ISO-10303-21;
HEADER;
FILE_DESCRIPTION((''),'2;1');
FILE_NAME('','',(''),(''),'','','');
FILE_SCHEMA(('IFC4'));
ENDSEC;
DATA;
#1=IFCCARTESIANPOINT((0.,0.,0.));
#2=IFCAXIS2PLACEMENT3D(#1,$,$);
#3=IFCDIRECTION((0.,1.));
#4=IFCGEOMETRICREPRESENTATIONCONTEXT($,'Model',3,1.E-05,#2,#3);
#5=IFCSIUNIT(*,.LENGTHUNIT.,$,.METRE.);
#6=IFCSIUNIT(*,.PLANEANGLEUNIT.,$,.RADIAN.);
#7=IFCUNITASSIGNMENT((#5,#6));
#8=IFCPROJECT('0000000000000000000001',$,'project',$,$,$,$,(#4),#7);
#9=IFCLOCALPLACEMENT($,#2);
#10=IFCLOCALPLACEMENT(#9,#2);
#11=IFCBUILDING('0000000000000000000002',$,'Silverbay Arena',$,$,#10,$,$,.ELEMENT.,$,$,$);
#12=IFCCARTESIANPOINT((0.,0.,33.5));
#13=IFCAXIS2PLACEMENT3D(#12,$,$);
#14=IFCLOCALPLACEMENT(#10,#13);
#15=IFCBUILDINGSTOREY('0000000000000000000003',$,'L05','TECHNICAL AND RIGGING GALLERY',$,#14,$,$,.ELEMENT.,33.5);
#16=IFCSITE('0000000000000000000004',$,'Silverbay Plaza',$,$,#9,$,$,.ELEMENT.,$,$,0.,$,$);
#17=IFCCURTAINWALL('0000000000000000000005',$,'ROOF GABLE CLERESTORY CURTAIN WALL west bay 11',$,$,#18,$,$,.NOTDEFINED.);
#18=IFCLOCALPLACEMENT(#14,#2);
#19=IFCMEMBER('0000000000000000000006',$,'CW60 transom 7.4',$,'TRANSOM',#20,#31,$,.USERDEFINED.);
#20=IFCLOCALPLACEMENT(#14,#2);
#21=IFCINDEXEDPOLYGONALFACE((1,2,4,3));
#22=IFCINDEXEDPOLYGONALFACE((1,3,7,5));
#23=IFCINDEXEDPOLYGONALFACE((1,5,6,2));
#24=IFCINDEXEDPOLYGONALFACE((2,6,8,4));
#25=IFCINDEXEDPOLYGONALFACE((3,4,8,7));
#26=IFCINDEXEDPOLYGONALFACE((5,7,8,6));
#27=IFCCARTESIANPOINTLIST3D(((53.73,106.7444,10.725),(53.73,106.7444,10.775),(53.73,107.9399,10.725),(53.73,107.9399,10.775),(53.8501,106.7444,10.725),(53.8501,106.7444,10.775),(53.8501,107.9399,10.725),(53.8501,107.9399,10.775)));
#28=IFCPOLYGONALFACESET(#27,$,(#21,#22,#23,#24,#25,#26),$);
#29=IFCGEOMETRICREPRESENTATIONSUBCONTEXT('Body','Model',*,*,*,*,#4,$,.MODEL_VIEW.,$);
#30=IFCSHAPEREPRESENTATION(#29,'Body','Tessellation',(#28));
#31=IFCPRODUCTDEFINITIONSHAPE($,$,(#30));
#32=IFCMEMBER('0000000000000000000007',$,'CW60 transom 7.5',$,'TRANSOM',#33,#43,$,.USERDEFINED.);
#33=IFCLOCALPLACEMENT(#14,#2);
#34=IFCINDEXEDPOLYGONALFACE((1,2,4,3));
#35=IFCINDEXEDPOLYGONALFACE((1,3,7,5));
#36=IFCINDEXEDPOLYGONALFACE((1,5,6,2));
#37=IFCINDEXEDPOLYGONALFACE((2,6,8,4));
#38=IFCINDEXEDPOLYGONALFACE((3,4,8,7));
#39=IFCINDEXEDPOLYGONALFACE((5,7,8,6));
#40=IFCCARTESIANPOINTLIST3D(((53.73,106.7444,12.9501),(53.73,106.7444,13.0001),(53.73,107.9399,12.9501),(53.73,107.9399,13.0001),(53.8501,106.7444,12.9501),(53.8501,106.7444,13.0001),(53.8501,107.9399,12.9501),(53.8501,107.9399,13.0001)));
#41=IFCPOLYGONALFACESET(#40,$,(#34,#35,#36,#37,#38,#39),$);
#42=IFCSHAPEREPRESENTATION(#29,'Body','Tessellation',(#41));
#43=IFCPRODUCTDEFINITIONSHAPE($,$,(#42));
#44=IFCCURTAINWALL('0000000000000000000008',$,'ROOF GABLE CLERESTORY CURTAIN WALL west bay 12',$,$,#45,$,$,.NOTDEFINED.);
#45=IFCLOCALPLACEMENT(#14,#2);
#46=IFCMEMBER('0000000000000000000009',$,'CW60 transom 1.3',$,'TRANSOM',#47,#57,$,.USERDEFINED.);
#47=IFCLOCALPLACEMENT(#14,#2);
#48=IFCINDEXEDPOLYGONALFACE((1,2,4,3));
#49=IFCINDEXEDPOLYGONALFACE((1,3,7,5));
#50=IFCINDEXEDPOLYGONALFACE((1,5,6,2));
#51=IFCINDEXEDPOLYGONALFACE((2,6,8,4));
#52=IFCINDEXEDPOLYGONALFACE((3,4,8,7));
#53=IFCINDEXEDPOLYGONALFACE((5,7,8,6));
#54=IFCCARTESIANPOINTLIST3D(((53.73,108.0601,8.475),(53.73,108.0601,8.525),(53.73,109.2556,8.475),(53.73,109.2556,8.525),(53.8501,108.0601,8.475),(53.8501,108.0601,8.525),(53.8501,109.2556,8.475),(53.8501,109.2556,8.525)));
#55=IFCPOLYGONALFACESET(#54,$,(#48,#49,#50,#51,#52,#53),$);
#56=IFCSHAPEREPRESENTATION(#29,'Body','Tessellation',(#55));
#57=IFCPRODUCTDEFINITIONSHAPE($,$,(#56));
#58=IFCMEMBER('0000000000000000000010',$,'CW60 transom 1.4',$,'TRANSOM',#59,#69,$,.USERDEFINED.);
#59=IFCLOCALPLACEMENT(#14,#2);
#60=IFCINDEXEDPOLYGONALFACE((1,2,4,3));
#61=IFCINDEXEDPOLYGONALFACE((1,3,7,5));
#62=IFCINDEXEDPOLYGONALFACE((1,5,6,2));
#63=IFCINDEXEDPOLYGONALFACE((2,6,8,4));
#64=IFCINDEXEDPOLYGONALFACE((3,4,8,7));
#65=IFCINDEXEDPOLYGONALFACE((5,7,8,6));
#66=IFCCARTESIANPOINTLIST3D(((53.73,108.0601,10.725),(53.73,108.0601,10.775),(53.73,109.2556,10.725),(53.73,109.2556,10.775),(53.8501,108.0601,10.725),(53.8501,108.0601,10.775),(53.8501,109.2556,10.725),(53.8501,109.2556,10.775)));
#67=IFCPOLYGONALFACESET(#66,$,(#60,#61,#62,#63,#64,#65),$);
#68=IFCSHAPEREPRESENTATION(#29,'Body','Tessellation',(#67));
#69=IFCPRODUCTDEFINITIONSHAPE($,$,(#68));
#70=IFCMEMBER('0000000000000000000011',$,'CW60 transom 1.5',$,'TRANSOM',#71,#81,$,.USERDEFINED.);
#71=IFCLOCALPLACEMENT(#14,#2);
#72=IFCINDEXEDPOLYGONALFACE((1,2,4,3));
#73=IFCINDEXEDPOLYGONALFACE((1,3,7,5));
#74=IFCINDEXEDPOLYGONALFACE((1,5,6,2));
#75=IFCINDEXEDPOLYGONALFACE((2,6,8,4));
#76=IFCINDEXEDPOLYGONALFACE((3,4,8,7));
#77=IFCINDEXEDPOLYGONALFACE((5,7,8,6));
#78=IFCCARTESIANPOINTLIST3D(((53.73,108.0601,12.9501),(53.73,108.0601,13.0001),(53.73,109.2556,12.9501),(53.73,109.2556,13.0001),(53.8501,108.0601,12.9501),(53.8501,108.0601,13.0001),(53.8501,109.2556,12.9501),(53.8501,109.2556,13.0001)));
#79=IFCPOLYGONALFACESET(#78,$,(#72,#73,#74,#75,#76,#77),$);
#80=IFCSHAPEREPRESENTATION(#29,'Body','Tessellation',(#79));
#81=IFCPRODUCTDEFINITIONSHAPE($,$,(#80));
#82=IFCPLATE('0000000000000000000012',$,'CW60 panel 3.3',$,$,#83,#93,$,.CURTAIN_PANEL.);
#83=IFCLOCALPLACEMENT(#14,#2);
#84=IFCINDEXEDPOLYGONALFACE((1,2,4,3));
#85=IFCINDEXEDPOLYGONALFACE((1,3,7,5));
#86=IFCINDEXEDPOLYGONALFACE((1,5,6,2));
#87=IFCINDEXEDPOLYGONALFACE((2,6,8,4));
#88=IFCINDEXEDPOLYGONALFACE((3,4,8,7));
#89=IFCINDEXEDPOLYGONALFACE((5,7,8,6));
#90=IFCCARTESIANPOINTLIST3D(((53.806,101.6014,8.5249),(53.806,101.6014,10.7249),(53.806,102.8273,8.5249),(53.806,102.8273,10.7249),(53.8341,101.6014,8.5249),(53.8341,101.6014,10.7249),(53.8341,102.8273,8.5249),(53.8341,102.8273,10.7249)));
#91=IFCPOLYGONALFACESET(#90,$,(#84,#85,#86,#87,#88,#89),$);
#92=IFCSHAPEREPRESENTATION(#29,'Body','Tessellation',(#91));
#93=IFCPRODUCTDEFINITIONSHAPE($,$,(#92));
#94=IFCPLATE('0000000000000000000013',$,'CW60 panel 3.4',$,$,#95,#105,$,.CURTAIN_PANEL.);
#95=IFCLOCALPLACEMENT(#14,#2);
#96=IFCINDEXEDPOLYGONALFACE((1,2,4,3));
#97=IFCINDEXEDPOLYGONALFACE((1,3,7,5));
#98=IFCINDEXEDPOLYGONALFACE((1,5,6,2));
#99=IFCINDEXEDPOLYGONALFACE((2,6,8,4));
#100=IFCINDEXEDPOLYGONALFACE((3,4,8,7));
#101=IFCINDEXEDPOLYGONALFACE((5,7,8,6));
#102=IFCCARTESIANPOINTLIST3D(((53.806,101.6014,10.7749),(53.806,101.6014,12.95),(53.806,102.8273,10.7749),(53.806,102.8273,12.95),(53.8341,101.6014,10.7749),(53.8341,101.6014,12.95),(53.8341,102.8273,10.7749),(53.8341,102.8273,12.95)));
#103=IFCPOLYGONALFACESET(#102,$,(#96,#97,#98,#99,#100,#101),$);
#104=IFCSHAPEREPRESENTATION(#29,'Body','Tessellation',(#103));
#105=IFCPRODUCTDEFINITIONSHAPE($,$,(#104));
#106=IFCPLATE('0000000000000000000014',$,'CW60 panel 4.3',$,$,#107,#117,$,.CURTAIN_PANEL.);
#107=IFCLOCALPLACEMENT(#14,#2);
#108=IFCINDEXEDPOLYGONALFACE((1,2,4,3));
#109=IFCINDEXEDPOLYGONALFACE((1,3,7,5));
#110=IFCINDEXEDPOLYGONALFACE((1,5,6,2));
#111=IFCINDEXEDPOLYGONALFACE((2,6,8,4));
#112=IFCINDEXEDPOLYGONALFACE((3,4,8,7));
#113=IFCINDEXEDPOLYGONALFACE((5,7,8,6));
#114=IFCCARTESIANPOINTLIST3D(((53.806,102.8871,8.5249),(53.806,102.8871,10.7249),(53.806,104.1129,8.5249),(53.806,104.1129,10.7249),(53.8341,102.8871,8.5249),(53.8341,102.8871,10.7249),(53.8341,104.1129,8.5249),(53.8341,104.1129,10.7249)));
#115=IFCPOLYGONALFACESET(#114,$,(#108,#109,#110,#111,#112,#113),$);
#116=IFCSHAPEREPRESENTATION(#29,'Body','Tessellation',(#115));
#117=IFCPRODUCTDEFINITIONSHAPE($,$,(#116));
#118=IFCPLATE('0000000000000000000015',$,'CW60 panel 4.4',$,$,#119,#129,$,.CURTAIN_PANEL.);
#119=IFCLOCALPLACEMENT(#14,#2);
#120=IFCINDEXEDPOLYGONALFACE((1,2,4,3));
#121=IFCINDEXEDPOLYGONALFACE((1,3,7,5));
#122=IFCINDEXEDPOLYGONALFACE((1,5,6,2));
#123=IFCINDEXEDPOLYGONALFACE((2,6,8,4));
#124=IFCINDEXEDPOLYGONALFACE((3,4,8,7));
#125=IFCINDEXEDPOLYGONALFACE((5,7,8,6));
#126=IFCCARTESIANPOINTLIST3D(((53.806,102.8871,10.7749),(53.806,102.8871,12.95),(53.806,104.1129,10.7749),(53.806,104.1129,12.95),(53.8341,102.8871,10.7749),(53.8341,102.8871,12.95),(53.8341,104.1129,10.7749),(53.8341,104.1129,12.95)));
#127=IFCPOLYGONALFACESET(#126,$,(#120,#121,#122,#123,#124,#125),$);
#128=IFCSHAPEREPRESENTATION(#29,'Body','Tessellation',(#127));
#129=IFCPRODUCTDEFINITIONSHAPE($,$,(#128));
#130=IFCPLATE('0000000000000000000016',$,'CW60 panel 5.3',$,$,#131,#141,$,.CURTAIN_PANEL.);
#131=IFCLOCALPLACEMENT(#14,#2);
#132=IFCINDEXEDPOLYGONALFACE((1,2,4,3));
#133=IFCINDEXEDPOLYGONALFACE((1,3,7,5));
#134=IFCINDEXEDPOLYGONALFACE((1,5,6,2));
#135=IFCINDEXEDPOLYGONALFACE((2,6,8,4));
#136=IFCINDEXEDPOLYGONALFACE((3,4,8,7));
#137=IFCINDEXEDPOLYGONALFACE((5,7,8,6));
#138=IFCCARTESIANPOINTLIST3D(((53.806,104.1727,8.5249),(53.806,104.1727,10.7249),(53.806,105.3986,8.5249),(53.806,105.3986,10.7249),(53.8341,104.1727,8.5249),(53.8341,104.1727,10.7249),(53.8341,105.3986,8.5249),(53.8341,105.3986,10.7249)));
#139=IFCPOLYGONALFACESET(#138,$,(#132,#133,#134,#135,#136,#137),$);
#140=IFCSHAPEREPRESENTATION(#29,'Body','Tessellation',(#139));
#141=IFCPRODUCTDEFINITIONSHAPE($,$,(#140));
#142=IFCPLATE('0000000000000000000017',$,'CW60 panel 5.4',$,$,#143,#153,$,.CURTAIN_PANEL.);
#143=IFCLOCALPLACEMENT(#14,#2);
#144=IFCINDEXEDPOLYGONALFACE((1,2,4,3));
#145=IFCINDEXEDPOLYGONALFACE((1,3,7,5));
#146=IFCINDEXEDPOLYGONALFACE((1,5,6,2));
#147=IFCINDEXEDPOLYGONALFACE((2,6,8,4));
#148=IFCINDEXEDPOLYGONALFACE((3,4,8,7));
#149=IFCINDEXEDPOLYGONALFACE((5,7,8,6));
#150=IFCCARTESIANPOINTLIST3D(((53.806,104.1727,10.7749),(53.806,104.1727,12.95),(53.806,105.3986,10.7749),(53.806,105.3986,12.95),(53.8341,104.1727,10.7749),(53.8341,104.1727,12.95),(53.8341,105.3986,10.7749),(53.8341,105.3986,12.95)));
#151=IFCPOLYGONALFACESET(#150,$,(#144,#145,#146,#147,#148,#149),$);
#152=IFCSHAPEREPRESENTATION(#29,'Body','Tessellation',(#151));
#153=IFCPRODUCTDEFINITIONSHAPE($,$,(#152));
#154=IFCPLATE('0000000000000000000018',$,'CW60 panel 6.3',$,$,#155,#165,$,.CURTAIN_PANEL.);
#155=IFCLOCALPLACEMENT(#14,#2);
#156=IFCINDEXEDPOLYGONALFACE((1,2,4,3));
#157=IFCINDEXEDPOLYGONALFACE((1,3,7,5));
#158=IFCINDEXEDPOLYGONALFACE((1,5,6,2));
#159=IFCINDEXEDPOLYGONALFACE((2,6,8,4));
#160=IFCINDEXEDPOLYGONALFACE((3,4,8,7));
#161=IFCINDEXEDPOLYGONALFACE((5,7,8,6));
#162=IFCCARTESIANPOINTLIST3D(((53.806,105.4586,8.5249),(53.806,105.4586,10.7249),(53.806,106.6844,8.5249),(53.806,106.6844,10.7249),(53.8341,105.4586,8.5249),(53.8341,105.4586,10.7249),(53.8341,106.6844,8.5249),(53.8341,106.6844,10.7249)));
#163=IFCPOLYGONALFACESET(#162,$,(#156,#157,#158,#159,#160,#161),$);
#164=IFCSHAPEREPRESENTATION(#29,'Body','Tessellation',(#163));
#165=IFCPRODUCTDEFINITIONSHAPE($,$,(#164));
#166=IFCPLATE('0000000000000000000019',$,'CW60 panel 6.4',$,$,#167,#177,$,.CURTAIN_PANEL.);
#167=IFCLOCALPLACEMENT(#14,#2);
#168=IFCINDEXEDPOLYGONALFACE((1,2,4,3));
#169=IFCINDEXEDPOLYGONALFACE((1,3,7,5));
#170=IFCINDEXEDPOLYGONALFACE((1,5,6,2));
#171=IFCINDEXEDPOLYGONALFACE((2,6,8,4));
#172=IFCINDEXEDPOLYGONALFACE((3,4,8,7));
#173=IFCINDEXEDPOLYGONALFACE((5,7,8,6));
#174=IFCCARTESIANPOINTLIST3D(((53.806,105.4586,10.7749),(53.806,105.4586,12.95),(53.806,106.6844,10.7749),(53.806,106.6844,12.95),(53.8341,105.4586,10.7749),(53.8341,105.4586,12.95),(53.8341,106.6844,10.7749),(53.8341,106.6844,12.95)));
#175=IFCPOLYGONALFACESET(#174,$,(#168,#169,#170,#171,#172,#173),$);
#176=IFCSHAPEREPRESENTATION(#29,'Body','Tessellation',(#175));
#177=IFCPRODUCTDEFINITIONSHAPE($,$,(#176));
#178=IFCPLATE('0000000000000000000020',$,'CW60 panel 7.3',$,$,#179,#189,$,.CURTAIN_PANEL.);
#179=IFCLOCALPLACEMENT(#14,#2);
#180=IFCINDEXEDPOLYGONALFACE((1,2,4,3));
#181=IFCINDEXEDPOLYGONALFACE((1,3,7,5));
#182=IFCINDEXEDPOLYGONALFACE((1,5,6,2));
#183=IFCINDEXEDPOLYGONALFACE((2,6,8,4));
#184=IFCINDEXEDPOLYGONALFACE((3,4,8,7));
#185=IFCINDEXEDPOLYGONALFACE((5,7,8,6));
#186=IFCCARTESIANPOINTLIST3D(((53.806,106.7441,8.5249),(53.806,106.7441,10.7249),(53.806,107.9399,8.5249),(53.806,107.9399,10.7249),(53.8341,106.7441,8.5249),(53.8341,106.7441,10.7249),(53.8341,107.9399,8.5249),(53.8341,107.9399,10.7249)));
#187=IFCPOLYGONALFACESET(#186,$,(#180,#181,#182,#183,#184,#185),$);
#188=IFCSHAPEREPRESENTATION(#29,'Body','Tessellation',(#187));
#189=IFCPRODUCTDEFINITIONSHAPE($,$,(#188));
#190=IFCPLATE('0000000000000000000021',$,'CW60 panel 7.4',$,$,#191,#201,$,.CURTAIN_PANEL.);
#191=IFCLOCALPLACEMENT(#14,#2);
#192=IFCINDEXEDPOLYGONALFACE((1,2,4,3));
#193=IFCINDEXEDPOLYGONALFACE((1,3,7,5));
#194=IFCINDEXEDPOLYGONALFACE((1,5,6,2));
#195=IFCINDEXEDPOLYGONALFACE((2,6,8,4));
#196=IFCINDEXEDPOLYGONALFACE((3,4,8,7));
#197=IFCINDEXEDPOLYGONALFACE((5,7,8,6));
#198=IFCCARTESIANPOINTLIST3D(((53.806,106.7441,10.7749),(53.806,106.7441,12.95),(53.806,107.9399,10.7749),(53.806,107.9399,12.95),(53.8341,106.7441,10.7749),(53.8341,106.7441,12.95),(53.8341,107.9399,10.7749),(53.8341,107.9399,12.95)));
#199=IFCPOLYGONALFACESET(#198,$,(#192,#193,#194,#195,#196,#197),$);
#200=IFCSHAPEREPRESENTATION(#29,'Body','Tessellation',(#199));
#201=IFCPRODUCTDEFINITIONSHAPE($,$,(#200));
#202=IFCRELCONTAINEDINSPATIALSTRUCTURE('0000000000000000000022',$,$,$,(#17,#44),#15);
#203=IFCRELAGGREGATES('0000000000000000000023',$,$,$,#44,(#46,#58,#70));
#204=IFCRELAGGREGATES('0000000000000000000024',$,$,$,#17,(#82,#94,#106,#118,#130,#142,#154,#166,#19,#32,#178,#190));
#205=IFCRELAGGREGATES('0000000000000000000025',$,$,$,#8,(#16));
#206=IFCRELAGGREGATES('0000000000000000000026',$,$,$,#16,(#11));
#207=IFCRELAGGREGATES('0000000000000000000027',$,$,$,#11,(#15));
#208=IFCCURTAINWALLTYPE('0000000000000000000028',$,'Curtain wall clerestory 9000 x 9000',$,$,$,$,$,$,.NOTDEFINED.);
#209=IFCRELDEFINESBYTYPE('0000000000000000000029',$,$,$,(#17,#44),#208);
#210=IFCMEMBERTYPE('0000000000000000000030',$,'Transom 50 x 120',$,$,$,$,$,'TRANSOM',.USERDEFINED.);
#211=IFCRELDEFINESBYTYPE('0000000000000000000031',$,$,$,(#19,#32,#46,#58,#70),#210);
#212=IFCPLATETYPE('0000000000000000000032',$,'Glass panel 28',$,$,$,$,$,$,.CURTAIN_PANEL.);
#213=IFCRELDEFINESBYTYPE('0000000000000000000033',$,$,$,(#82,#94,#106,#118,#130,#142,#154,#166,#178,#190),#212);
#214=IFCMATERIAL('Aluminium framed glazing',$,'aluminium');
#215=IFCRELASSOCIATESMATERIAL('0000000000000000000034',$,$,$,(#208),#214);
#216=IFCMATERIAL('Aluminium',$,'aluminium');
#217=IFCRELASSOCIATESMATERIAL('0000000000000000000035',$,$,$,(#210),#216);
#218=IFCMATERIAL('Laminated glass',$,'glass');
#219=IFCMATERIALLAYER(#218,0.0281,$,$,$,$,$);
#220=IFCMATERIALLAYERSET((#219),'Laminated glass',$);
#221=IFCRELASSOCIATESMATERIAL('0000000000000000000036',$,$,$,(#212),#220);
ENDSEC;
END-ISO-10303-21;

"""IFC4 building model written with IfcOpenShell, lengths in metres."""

from ifc_helpers import new_model, si_unit, direction, frame, origin, origin_2d, place, context, subcontext, project, spatial, rectangle, extrude, material, layer, layer_set, material_profile, profile_set, type_object, element, aggregate, save


model = new_model("IFC4")

# Units and contexts
model_context = context("Model", 3, precision=1e-05, world=origin(), true_north=direction((0.0, 1.0)))
body_context = subcontext(model_context, "Body", "Model", "MODEL_VIEW")
ifc_project = project(units=[si_unit("LENGTHUNIT", "METRE"), si_unit("PLANEANGLEUNIT", "RADIAN")], contexts=[model_context])

# Site, building, storey
site_placement = place(None, origin())
site = spatial("IfcSite", under=ifc_project, at=site_placement, Name="Silverbay Plaza", CompositionType="ELEMENT", RefElevation=0.0)
building_placement = place(site_placement, origin())
building = spatial("IfcBuilding", under=site, at=building_placement, Name="Silverbay Arena", CompositionType="ELEMENT")
storey_placement = place(building_placement, frame((0.0, 0.0, 33.5)))
storey = spatial("IfcBuildingStorey", under=building, at=storey_placement, Name="L05", Description="TECHNICAL AND RIGGING GALLERY", CompositionType="ELEMENT", Elevation=33.5)

# Curtain walls, members
ifc_material_1 = material(Name="Aluminium framed glazing", Category="aluminium")
curtain_wall_type = type_object("IfcCurtainWallType", Name="Curtain wall clerestory 9000 x 9000", PredefinedType="NOTDEFINED", material=ifc_material_1)
curtain_wall_1_placement = place(storey_placement, origin())
curtain_wall_1 = element("IfcCurtainWall", 1, at=curtain_wall_1_placement, inside=storey, type_object=curtain_wall_type, Name="ROOF GABLE CLERESTORY CURTAIN WALL west bay 11", PredefinedType="NOTDEFINED")
ifc_material_2 = material(Name="Aluminium", Category="aluminium")
ifc_material_profile_1 = material_profile(ifc_material_2, rectangle(XDim=0.1201, YDim=0.05, at=origin_2d()), Name="Transom 50 x 120")
ifc_profile_set_1 = profile_set([ifc_material_profile_1], Name="Aluminium")
member_type_1 = type_object("IfcMemberType", Name="Transom 50 x 120", ElementType="TRANSOM", PredefinedType="USERDEFINED", material=ifc_profile_set_1)
member_1_placement = place(storey_placement, frame((53.79, 106.7444, 10.75), z_axis=(0.0, 1.0, 0.0), x_axis=(-1.0, 0.0, 0.0)))
member_1 = element("IfcMember", 2, at=member_1_placement, type_object=member_type_1, Name="CW60 transom 7.4", ObjectType="TRANSOM", PredefinedType="USERDEFINED", context=body_context, shape_type="SweptSolid", body=[
    extrude(rectangle(XDim=0.1201, YDim=0.05, at=origin_2d()), origin(), (0.0, 0.0, 1.0), 1.1956),
])
member_2_placement = place(storey_placement, frame((53.79, 106.7444, 12.9751), z_axis=(0.0, 1.0, 0.0), x_axis=(-1.0, 0.0, 0.0)))
member_2 = element("IfcMember", 3, at=member_2_placement, type_object=member_type_1, Name="CW60 transom 7.5", ObjectType="TRANSOM", PredefinedType="USERDEFINED", context=body_context, shape_type="SweptSolid", body=[
    extrude(rectangle(XDim=0.1201, YDim=0.05, at=origin_2d()), origin(), (0.0, 0.0, 1.0), 1.1956),
])
curtain_wall_2_placement = place(storey_placement, origin())
curtain_wall_2 = element("IfcCurtainWall", 4, at=curtain_wall_2_placement, inside=storey, type_object=curtain_wall_type, Name="ROOF GABLE CLERESTORY CURTAIN WALL west bay 12", PredefinedType="NOTDEFINED")
member_3_placement = place(storey_placement, frame((53.79, 108.0601, 8.5), z_axis=(0.0, 1.0, 0.0), x_axis=(-1.0, 0.0, 0.0)))
member_3 = element("IfcMember", 5, at=member_3_placement, type_object=member_type_1, Name="CW60 transom 1.3", ObjectType="TRANSOM", PredefinedType="USERDEFINED", context=body_context, shape_type="SweptSolid", body=[
    extrude(rectangle(XDim=0.1201, YDim=0.05, at=origin_2d()), origin(), (0.0, 0.0, 1.0), 1.1956),
])
member_4_placement = place(storey_placement, frame((53.79, 108.0601, 10.75), z_axis=(0.0, 1.0, 0.0), x_axis=(-1.0, 0.0, 0.0)))
member_4 = element("IfcMember", 6, at=member_4_placement, type_object=member_type_1, Name="CW60 transom 1.4", ObjectType="TRANSOM", PredefinedType="USERDEFINED", context=body_context, shape_type="SweptSolid", body=[
    extrude(rectangle(XDim=0.1201, YDim=0.05, at=origin_2d()), origin(), (0.0, 0.0, 1.0), 1.1956),
])
member_5_placement = place(storey_placement, frame((53.79, 108.0601, 12.9751), z_axis=(0.0, 1.0, 0.0), x_axis=(-1.0, 0.0, 0.0)))
member_5 = element("IfcMember", 7, at=member_5_placement, type_object=member_type_1, Name="CW60 transom 1.5", ObjectType="TRANSOM", PredefinedType="USERDEFINED", context=body_context, shape_type="SweptSolid", body=[
    extrude(rectangle(XDim=0.1201, YDim=0.05, at=origin_2d()), origin(), (0.0, 0.0, 1.0), 1.1956),
])
aggregate(curtain_wall_2, [member_3, member_4, member_5])

# Plates
ifc_material_3 = material(Name="Laminated glass", Category="glass")
ifc_layer = layer(ifc_material_3, 0.0281)
ifc_layer_set = layer_set([ifc_layer], Name="Laminated glass")
plate_type = type_object("IfcPlateType", Name="Glass panel 28", PredefinedType="CURTAIN_PANEL", material=ifc_layer_set)
plate_1_placement = place(storey_placement, frame((53.8201, 102.2144, 8.5249), z_axis=(0.0, 0.0, 1.0), x_axis=(0.0, 1.0, 0.0)))
plate_1 = element("IfcPlate", 8, at=plate_1_placement, type_object=plate_type, Name="CW60 panel 3.3", PredefinedType="CURTAIN_PANEL", context=body_context, shape_type="SweptSolid", body=[
    extrude(rectangle(XDim=1.2258, YDim=0.0281, at=origin_2d()), origin(), (0.0, 0.0, 1.0), 2.2),
])
plate_2_placement = place(storey_placement, frame((53.8201, 102.2144, 10.7749), z_axis=(0.0, 0.0, 1.0), x_axis=(0.0, 1.0, 0.0)))
plate_2 = element("IfcPlate", 9, at=plate_2_placement, type_object=plate_type, Name="CW60 panel 3.4", PredefinedType="CURTAIN_PANEL", context=body_context, shape_type="SweptSolid", body=[
    extrude(rectangle(XDim=1.2258, YDim=0.0281, at=origin_2d()), origin(), (0.0, 0.0, 1.0), 2.175),
])
plate_3_placement = place(storey_placement, frame((53.8201, 103.5, 8.5249), z_axis=(0.0, 0.0, 1.0), x_axis=(0.0, 1.0, 0.0)))
plate_3 = element("IfcPlate", 10, at=plate_3_placement, type_object=plate_type, Name="CW60 panel 4.3", PredefinedType="CURTAIN_PANEL", context=body_context, shape_type="SweptSolid", body=[
    extrude(rectangle(XDim=1.2258, YDim=0.0281, at=origin_2d()), origin(), (0.0, 0.0, 1.0), 2.2),
])
plate_4_placement = place(storey_placement, frame((53.8201, 103.5, 10.7749), z_axis=(0.0, 0.0, 1.0), x_axis=(0.0, 1.0, 0.0)))
plate_4 = element("IfcPlate", 11, at=plate_4_placement, type_object=plate_type, Name="CW60 panel 4.4", PredefinedType="CURTAIN_PANEL", context=body_context, shape_type="SweptSolid", body=[
    extrude(rectangle(XDim=1.2258, YDim=0.0281, at=origin_2d()), origin(), (0.0, 0.0, 1.0), 2.175),
])
plate_5_placement = place(storey_placement, frame((53.8201, 104.7856, 8.5249), z_axis=(0.0, 0.0, 1.0), x_axis=(0.0, 1.0, 0.0)))
plate_5 = element("IfcPlate", 12, at=plate_5_placement, type_object=plate_type, Name="CW60 panel 5.3", PredefinedType="CURTAIN_PANEL", context=body_context, shape_type="SweptSolid", body=[
    extrude(rectangle(XDim=1.2258, YDim=0.0281, at=origin_2d()), origin(), (0.0, 0.0, 1.0), 2.2),
])
plate_6_placement = place(storey_placement, frame((53.8201, 104.7856, 10.7749), z_axis=(0.0, 0.0, 1.0), x_axis=(0.0, 1.0, 0.0)))
plate_6 = element("IfcPlate", 13, at=plate_6_placement, type_object=plate_type, Name="CW60 panel 5.4", PredefinedType="CURTAIN_PANEL", context=body_context, shape_type="SweptSolid", body=[
    extrude(rectangle(XDim=1.2258, YDim=0.0281, at=origin_2d()), origin(), (0.0, 0.0, 1.0), 2.175),
])
plate_7_placement = place(storey_placement, frame((53.8201, 106.0715, 8.5249), z_axis=(0.0, 0.0, 1.0), x_axis=(0.0, 1.0, 0.0)))
plate_7 = element("IfcPlate", 14, at=plate_7_placement, type_object=plate_type, Name="CW60 panel 6.3", PredefinedType="CURTAIN_PANEL", context=body_context, shape_type="SweptSolid", body=[
    extrude(rectangle(XDim=1.2258, YDim=0.0281, at=origin_2d()), origin(), (0.0, 0.0, 1.0), 2.2),
])
plate_8_placement = place(storey_placement, frame((53.8201, 106.0715, 10.7749), z_axis=(0.0, 0.0, 1.0), x_axis=(0.0, 1.0, 0.0)))
plate_8 = element("IfcPlate", 15, at=plate_8_placement, type_object=plate_type, Name="CW60 panel 6.4", PredefinedType="CURTAIN_PANEL", context=body_context, shape_type="SweptSolid", body=[
    extrude(rectangle(XDim=1.2258, YDim=0.0281, at=origin_2d()), origin(), (0.0, 0.0, 1.0), 2.175),
])
plate_9_placement = place(storey_placement, frame((53.8201, 107.342, 8.5249), z_axis=(0.0, 0.0, 1.0), x_axis=(0.0, 1.0, 0.0)))
plate_9 = element("IfcPlate", 16, at=plate_9_placement, type_object=plate_type, Name="CW60 panel 7.3", PredefinedType="CURTAIN_PANEL", context=body_context, shape_type="SweptSolid", body=[
    extrude(rectangle(XDim=1.1958, YDim=0.0281, at=origin_2d()), origin(), (0.0, 0.0, 1.0), 2.2),
])
plate_10_placement = place(storey_placement, frame((53.8201, 107.342, 10.7749), z_axis=(0.0, 0.0, 1.0), x_axis=(0.0, 1.0, 0.0)))
plate_10 = element("IfcPlate", 17, at=plate_10_placement, type_object=plate_type, Name="CW60 panel 7.4", PredefinedType="CURTAIN_PANEL", context=body_context, shape_type="SweptSolid", body=[
    extrude(rectangle(XDim=1.1958, YDim=0.0281, at=origin_2d()), origin(), (0.0, 0.0, 1.0), 2.175),
])
aggregate(curtain_wall_1, [plate_1, plate_2, plate_3, plate_4, plate_5, plate_6, plate_7, plate_8, member_1, member_2, plate_9, plate_10])

save(model, "model.ifc")
